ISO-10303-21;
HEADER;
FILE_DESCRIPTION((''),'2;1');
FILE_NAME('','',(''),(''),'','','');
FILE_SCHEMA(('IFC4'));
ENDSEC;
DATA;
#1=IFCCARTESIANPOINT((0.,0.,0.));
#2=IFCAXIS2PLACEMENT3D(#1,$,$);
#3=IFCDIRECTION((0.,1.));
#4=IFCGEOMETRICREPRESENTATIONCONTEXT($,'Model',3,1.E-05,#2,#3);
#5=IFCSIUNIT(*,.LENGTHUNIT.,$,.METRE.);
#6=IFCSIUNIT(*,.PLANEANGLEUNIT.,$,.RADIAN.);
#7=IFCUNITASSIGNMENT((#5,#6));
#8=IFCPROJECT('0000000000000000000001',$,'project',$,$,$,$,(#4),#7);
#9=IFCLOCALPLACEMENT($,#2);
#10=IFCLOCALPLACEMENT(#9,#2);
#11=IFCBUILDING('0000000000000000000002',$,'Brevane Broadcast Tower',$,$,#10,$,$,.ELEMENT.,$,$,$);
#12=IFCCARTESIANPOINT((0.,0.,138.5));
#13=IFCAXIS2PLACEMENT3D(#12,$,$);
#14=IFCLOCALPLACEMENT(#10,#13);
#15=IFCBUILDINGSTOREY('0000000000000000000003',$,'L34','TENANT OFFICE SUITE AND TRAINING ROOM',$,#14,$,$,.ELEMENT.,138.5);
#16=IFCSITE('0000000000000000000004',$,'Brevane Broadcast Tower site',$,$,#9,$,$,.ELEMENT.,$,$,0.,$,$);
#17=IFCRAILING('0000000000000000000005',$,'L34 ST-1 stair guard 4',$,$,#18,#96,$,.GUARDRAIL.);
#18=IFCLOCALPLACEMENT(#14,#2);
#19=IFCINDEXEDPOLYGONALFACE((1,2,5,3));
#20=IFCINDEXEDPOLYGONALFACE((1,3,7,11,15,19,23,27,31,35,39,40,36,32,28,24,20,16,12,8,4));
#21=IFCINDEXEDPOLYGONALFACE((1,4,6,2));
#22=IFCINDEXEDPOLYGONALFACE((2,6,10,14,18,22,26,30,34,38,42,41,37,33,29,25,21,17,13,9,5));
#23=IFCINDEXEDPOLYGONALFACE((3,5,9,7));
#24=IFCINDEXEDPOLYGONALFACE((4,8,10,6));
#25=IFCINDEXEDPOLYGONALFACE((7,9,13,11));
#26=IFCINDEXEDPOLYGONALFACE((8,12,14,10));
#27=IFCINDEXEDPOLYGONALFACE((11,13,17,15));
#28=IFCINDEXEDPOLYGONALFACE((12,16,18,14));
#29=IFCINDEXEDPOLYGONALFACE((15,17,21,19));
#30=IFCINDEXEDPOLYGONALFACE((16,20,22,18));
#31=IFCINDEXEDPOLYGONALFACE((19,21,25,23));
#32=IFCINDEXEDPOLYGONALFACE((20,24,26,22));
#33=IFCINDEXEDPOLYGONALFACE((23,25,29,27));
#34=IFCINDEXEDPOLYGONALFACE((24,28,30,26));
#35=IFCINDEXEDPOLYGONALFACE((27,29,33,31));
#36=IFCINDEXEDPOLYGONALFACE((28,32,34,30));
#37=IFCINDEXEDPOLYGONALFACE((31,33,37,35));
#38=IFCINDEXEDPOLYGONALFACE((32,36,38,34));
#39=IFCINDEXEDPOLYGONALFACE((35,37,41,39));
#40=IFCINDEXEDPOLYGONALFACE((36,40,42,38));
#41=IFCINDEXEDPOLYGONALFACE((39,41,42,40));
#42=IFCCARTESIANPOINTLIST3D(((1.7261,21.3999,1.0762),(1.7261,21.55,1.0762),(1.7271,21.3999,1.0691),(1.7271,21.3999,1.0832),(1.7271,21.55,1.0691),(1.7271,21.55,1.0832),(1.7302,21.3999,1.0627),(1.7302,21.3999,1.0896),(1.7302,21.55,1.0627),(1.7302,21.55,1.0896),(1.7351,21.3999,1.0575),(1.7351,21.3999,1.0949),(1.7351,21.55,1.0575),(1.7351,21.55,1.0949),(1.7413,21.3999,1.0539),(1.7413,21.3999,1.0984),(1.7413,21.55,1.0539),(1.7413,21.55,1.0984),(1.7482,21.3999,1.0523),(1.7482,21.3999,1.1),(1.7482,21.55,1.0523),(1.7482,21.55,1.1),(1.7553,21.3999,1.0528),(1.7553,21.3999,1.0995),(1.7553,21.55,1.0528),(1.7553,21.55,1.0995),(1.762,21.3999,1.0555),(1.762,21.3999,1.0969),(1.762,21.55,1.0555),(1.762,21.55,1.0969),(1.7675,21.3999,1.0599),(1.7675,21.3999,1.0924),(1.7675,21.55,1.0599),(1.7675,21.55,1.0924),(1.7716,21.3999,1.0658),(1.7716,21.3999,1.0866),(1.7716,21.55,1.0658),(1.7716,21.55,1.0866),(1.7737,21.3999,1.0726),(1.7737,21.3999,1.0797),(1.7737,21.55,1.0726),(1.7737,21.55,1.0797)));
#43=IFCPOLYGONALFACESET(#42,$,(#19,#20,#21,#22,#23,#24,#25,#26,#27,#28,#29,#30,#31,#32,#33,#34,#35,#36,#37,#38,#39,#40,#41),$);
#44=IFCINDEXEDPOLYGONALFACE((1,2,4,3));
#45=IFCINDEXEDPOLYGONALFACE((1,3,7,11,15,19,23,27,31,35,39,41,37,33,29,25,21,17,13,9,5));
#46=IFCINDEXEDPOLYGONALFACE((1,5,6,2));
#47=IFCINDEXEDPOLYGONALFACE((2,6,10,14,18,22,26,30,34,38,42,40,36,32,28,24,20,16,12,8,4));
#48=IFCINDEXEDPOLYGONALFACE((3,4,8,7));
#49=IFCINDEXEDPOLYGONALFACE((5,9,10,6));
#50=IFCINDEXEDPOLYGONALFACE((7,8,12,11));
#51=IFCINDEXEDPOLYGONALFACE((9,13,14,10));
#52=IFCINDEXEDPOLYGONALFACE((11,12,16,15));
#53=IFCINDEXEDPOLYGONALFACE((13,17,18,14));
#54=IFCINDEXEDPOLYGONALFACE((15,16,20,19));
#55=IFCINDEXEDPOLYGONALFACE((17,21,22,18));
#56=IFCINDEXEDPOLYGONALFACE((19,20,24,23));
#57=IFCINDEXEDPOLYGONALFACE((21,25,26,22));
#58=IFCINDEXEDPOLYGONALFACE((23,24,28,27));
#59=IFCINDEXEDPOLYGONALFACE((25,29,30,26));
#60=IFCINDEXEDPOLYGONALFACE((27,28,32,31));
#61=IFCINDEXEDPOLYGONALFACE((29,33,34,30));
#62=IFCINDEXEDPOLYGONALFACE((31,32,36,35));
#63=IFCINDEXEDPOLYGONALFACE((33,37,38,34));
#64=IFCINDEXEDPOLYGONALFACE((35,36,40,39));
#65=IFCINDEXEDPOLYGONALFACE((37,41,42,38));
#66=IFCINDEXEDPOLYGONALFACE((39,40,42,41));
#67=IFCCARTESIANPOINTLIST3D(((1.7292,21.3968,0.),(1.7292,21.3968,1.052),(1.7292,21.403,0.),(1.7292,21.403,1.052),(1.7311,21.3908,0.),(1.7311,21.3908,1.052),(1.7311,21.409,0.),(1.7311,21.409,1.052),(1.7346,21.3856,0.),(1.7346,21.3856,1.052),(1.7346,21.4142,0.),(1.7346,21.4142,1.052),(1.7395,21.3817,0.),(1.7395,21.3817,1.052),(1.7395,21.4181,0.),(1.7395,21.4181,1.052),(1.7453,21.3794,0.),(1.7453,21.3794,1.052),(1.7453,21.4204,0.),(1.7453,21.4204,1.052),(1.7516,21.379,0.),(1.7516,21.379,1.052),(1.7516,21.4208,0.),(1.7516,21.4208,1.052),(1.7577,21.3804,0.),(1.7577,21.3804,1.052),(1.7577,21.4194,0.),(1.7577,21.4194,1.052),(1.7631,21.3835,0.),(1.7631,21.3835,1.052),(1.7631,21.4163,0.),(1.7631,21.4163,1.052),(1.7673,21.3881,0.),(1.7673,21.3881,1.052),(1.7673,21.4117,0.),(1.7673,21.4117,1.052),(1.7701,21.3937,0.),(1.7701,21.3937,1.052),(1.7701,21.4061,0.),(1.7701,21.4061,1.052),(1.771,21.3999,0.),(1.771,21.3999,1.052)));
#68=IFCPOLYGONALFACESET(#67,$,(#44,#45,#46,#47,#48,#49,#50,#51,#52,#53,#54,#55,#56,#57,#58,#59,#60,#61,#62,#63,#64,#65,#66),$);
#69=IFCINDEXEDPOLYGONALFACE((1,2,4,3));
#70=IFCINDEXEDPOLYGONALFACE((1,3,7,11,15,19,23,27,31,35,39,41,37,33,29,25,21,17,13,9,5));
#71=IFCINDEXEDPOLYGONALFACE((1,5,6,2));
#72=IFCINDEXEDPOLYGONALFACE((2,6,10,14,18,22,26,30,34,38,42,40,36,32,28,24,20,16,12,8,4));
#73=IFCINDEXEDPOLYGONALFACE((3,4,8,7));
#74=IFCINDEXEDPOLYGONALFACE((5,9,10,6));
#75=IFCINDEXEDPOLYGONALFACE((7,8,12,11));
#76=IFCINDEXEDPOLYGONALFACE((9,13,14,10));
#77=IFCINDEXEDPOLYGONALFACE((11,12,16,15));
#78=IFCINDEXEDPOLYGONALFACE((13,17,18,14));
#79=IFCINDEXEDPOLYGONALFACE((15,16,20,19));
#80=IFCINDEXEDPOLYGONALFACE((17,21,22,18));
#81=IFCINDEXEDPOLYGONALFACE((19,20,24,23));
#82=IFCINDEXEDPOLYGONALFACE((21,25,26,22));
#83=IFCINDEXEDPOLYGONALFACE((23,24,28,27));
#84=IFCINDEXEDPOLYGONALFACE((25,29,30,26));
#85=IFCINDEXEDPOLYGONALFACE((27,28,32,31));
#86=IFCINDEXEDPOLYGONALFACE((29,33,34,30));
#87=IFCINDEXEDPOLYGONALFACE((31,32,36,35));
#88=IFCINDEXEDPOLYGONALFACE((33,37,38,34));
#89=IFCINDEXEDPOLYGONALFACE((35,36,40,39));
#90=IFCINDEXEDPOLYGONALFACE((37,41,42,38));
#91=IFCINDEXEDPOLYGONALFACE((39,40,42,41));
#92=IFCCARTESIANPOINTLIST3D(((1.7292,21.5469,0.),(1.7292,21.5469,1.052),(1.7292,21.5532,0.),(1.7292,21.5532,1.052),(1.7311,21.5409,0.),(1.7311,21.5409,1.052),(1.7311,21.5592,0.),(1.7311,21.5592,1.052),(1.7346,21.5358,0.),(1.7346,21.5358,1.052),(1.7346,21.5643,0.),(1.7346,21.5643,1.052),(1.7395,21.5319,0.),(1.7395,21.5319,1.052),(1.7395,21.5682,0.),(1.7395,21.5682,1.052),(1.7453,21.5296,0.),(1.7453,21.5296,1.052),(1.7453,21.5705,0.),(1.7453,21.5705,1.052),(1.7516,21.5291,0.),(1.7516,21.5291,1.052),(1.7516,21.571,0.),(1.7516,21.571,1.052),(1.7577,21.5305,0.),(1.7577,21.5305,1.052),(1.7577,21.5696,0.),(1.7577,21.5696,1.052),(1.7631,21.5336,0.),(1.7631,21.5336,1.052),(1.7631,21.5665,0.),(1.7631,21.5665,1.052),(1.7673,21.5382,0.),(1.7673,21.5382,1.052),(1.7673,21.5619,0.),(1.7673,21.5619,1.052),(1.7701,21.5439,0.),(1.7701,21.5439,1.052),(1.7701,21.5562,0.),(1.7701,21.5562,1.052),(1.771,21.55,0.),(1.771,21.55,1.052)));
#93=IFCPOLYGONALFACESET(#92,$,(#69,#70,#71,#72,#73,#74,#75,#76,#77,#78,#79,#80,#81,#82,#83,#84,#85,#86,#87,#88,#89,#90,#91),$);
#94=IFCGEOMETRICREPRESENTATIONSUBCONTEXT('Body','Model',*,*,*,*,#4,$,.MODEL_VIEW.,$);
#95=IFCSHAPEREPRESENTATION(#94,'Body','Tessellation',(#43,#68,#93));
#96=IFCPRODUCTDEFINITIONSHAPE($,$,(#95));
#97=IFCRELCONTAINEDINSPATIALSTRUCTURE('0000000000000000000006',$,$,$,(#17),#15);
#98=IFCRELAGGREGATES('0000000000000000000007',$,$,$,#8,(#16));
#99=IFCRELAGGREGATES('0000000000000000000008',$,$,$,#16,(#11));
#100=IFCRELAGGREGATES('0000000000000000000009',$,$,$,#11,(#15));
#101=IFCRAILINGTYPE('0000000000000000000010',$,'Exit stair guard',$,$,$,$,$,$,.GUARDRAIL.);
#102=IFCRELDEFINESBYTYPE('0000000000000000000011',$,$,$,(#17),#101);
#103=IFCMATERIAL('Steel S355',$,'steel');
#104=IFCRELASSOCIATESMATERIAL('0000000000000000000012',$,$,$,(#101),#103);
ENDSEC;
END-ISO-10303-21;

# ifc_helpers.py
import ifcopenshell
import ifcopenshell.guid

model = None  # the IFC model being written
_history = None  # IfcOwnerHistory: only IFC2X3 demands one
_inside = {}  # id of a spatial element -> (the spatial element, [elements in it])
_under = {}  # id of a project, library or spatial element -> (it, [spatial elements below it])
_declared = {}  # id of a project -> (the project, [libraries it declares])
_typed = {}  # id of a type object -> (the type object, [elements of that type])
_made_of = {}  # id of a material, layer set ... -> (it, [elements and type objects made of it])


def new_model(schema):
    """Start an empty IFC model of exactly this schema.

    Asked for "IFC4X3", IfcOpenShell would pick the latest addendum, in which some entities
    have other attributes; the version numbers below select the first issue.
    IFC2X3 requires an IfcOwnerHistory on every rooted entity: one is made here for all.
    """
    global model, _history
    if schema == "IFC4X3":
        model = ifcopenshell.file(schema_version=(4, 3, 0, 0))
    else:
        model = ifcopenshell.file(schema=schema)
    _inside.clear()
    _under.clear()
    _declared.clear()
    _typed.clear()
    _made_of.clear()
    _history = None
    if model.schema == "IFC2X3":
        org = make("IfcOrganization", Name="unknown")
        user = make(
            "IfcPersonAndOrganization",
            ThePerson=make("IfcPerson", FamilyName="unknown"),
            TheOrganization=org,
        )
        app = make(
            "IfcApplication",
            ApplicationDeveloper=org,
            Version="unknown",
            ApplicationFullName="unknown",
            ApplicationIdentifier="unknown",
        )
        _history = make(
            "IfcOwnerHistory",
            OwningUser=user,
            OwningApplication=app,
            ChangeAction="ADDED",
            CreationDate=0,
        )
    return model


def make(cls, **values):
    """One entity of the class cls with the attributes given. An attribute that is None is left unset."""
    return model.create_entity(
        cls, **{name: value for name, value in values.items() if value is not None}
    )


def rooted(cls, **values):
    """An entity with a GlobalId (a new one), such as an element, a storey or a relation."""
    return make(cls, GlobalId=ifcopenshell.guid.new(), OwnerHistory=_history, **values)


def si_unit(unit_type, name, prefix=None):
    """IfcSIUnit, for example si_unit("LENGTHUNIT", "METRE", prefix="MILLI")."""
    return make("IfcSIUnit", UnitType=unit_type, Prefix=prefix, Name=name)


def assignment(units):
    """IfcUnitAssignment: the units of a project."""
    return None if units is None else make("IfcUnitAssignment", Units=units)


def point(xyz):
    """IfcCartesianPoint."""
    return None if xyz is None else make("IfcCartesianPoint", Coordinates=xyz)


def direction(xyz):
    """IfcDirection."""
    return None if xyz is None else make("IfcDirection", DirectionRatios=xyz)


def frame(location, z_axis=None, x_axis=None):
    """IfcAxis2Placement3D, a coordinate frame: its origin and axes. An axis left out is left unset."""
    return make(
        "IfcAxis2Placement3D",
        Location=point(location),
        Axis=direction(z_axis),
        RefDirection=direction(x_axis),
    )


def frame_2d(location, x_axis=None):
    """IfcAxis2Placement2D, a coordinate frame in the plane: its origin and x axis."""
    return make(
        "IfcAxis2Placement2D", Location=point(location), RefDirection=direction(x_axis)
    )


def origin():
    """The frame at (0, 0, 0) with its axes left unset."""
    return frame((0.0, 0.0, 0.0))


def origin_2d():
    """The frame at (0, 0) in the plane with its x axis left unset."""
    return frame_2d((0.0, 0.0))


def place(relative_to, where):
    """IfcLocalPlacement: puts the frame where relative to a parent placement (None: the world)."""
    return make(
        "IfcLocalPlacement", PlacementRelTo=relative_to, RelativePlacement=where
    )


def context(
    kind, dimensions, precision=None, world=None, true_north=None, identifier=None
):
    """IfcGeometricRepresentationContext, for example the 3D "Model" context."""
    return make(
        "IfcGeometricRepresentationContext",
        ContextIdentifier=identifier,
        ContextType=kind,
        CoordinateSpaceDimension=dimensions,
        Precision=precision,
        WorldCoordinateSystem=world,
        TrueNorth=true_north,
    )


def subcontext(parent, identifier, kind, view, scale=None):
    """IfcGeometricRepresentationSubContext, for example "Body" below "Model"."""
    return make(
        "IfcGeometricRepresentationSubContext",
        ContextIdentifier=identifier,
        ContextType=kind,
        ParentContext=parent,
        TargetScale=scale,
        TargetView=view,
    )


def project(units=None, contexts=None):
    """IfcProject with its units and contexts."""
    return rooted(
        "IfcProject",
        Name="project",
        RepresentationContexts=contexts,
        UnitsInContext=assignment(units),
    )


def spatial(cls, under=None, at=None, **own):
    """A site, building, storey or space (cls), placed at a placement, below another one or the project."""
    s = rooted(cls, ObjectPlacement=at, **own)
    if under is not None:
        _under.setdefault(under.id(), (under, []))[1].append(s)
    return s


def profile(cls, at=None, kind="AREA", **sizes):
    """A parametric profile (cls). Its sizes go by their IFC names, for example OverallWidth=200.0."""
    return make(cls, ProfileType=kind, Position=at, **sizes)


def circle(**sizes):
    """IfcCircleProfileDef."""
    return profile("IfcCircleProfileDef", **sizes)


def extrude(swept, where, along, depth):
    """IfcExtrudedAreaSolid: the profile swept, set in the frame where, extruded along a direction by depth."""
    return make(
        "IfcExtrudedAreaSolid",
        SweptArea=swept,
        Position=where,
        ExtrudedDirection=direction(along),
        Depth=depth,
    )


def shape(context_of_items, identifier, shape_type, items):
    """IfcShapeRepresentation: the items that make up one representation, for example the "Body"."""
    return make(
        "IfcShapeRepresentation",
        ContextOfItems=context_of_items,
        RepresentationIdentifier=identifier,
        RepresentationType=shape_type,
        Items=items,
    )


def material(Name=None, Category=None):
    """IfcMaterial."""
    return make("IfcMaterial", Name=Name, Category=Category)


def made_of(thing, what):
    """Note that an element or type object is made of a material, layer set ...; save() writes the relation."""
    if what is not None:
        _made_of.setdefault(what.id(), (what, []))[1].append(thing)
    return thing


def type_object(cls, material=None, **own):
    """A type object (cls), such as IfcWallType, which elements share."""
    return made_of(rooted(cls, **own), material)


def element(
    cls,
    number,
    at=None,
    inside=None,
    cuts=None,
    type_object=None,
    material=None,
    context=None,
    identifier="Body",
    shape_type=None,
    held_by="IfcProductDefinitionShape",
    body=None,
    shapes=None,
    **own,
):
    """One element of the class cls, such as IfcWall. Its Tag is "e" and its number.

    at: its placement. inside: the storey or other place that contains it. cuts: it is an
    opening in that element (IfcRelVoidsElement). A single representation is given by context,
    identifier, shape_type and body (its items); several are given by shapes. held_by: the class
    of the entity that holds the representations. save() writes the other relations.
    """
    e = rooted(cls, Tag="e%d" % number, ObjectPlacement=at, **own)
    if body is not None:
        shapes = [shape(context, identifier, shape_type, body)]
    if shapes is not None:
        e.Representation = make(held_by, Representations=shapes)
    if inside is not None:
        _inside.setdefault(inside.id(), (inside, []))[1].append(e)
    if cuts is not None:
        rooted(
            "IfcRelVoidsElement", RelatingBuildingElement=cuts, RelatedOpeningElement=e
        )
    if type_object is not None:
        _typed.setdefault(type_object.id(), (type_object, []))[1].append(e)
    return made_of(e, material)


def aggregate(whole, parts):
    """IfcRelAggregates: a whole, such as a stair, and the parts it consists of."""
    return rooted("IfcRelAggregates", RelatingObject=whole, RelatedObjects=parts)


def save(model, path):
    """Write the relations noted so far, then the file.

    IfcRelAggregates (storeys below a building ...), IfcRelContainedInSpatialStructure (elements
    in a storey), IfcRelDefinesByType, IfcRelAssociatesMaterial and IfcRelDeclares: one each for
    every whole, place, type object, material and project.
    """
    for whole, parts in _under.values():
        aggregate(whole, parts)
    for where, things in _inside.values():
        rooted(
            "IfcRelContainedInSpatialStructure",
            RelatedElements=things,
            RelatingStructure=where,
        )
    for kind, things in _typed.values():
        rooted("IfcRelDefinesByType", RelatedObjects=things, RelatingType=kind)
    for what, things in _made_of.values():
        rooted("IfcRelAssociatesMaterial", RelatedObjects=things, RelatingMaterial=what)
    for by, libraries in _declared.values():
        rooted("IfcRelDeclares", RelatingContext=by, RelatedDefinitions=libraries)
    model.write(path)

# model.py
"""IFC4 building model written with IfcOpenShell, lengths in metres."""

from ifc_helpers import new_model, si_unit, direction, frame, origin, origin_2d, place, context, subcontext, project, spatial, circle, extrude, material, type_object, element, save


model = new_model("IFC4")

# Units and contexts
model_context = context("Model", 3, precision=1e-05, world=origin(), true_north=direction((0.0, 1.0)))
body_context = subcontext(model_context, "Body", "Model", "MODEL_VIEW")
ifc_project = project(units=[si_unit("LENGTHUNIT", "METRE"), si_unit("PLANEANGLEUNIT", "RADIAN")], contexts=[model_context])

# Site, building, storey
site_placement = place(None, origin())
site = spatial("IfcSite", under=ifc_project, at=site_placement, Name="Brevane Broadcast Tower site", CompositionType="ELEMENT", RefElevation=0.0)
building_placement = place(site_placement, origin())
building = spatial("IfcBuilding", under=site, at=building_placement, Name="Brevane Broadcast Tower", CompositionType="ELEMENT")
storey_placement = place(building_placement, frame((0.0, 0.0, 138.5)))
storey = spatial("IfcBuildingStorey", under=building, at=storey_placement, Name="L34", Description="TENANT OFFICE SUITE AND TRAINING ROOM", CompositionType="ELEMENT", Elevation=138.5)

# Railing
ifc_material_1 = material(Name="Steel S355", Category="steel")
railing_type_1 = type_object("IfcRailingType", Name="Exit stair guard", PredefinedType="GUARDRAIL", material=ifc_material_1)
railing_1_placement = place(storey_placement, frame((1.75, 21.3999, 0.0)))
element("IfcRailing", 1, at=railing_1_placement, inside=storey, type_object=railing_type_1, Name="L34 ST-1 stair guard 4", PredefinedType="GUARDRAIL", context=body_context, shape_type="SweptSolid", body=[
    extrude(circle(Radius=0.0239, at=origin_2d()), frame((0.0, 0.0, 1.0762), z_axis=(0.0, 1.0, 0.0), x_axis=(-1.0, 0.0, 0.0)), (0.0, 0.0, 1.0), 0.1501),
    extrude(circle(Radius=0.021, at=origin_2d()), origin(), (0.0, 0.0, 1.0), 1.052),
    extrude(circle(Radius=0.021, at=origin_2d()), frame((0.0, 0.1501, 0.0)), (0.0, 0.0, 1.0), 1.052),
])

save(model, "model.ifc")
